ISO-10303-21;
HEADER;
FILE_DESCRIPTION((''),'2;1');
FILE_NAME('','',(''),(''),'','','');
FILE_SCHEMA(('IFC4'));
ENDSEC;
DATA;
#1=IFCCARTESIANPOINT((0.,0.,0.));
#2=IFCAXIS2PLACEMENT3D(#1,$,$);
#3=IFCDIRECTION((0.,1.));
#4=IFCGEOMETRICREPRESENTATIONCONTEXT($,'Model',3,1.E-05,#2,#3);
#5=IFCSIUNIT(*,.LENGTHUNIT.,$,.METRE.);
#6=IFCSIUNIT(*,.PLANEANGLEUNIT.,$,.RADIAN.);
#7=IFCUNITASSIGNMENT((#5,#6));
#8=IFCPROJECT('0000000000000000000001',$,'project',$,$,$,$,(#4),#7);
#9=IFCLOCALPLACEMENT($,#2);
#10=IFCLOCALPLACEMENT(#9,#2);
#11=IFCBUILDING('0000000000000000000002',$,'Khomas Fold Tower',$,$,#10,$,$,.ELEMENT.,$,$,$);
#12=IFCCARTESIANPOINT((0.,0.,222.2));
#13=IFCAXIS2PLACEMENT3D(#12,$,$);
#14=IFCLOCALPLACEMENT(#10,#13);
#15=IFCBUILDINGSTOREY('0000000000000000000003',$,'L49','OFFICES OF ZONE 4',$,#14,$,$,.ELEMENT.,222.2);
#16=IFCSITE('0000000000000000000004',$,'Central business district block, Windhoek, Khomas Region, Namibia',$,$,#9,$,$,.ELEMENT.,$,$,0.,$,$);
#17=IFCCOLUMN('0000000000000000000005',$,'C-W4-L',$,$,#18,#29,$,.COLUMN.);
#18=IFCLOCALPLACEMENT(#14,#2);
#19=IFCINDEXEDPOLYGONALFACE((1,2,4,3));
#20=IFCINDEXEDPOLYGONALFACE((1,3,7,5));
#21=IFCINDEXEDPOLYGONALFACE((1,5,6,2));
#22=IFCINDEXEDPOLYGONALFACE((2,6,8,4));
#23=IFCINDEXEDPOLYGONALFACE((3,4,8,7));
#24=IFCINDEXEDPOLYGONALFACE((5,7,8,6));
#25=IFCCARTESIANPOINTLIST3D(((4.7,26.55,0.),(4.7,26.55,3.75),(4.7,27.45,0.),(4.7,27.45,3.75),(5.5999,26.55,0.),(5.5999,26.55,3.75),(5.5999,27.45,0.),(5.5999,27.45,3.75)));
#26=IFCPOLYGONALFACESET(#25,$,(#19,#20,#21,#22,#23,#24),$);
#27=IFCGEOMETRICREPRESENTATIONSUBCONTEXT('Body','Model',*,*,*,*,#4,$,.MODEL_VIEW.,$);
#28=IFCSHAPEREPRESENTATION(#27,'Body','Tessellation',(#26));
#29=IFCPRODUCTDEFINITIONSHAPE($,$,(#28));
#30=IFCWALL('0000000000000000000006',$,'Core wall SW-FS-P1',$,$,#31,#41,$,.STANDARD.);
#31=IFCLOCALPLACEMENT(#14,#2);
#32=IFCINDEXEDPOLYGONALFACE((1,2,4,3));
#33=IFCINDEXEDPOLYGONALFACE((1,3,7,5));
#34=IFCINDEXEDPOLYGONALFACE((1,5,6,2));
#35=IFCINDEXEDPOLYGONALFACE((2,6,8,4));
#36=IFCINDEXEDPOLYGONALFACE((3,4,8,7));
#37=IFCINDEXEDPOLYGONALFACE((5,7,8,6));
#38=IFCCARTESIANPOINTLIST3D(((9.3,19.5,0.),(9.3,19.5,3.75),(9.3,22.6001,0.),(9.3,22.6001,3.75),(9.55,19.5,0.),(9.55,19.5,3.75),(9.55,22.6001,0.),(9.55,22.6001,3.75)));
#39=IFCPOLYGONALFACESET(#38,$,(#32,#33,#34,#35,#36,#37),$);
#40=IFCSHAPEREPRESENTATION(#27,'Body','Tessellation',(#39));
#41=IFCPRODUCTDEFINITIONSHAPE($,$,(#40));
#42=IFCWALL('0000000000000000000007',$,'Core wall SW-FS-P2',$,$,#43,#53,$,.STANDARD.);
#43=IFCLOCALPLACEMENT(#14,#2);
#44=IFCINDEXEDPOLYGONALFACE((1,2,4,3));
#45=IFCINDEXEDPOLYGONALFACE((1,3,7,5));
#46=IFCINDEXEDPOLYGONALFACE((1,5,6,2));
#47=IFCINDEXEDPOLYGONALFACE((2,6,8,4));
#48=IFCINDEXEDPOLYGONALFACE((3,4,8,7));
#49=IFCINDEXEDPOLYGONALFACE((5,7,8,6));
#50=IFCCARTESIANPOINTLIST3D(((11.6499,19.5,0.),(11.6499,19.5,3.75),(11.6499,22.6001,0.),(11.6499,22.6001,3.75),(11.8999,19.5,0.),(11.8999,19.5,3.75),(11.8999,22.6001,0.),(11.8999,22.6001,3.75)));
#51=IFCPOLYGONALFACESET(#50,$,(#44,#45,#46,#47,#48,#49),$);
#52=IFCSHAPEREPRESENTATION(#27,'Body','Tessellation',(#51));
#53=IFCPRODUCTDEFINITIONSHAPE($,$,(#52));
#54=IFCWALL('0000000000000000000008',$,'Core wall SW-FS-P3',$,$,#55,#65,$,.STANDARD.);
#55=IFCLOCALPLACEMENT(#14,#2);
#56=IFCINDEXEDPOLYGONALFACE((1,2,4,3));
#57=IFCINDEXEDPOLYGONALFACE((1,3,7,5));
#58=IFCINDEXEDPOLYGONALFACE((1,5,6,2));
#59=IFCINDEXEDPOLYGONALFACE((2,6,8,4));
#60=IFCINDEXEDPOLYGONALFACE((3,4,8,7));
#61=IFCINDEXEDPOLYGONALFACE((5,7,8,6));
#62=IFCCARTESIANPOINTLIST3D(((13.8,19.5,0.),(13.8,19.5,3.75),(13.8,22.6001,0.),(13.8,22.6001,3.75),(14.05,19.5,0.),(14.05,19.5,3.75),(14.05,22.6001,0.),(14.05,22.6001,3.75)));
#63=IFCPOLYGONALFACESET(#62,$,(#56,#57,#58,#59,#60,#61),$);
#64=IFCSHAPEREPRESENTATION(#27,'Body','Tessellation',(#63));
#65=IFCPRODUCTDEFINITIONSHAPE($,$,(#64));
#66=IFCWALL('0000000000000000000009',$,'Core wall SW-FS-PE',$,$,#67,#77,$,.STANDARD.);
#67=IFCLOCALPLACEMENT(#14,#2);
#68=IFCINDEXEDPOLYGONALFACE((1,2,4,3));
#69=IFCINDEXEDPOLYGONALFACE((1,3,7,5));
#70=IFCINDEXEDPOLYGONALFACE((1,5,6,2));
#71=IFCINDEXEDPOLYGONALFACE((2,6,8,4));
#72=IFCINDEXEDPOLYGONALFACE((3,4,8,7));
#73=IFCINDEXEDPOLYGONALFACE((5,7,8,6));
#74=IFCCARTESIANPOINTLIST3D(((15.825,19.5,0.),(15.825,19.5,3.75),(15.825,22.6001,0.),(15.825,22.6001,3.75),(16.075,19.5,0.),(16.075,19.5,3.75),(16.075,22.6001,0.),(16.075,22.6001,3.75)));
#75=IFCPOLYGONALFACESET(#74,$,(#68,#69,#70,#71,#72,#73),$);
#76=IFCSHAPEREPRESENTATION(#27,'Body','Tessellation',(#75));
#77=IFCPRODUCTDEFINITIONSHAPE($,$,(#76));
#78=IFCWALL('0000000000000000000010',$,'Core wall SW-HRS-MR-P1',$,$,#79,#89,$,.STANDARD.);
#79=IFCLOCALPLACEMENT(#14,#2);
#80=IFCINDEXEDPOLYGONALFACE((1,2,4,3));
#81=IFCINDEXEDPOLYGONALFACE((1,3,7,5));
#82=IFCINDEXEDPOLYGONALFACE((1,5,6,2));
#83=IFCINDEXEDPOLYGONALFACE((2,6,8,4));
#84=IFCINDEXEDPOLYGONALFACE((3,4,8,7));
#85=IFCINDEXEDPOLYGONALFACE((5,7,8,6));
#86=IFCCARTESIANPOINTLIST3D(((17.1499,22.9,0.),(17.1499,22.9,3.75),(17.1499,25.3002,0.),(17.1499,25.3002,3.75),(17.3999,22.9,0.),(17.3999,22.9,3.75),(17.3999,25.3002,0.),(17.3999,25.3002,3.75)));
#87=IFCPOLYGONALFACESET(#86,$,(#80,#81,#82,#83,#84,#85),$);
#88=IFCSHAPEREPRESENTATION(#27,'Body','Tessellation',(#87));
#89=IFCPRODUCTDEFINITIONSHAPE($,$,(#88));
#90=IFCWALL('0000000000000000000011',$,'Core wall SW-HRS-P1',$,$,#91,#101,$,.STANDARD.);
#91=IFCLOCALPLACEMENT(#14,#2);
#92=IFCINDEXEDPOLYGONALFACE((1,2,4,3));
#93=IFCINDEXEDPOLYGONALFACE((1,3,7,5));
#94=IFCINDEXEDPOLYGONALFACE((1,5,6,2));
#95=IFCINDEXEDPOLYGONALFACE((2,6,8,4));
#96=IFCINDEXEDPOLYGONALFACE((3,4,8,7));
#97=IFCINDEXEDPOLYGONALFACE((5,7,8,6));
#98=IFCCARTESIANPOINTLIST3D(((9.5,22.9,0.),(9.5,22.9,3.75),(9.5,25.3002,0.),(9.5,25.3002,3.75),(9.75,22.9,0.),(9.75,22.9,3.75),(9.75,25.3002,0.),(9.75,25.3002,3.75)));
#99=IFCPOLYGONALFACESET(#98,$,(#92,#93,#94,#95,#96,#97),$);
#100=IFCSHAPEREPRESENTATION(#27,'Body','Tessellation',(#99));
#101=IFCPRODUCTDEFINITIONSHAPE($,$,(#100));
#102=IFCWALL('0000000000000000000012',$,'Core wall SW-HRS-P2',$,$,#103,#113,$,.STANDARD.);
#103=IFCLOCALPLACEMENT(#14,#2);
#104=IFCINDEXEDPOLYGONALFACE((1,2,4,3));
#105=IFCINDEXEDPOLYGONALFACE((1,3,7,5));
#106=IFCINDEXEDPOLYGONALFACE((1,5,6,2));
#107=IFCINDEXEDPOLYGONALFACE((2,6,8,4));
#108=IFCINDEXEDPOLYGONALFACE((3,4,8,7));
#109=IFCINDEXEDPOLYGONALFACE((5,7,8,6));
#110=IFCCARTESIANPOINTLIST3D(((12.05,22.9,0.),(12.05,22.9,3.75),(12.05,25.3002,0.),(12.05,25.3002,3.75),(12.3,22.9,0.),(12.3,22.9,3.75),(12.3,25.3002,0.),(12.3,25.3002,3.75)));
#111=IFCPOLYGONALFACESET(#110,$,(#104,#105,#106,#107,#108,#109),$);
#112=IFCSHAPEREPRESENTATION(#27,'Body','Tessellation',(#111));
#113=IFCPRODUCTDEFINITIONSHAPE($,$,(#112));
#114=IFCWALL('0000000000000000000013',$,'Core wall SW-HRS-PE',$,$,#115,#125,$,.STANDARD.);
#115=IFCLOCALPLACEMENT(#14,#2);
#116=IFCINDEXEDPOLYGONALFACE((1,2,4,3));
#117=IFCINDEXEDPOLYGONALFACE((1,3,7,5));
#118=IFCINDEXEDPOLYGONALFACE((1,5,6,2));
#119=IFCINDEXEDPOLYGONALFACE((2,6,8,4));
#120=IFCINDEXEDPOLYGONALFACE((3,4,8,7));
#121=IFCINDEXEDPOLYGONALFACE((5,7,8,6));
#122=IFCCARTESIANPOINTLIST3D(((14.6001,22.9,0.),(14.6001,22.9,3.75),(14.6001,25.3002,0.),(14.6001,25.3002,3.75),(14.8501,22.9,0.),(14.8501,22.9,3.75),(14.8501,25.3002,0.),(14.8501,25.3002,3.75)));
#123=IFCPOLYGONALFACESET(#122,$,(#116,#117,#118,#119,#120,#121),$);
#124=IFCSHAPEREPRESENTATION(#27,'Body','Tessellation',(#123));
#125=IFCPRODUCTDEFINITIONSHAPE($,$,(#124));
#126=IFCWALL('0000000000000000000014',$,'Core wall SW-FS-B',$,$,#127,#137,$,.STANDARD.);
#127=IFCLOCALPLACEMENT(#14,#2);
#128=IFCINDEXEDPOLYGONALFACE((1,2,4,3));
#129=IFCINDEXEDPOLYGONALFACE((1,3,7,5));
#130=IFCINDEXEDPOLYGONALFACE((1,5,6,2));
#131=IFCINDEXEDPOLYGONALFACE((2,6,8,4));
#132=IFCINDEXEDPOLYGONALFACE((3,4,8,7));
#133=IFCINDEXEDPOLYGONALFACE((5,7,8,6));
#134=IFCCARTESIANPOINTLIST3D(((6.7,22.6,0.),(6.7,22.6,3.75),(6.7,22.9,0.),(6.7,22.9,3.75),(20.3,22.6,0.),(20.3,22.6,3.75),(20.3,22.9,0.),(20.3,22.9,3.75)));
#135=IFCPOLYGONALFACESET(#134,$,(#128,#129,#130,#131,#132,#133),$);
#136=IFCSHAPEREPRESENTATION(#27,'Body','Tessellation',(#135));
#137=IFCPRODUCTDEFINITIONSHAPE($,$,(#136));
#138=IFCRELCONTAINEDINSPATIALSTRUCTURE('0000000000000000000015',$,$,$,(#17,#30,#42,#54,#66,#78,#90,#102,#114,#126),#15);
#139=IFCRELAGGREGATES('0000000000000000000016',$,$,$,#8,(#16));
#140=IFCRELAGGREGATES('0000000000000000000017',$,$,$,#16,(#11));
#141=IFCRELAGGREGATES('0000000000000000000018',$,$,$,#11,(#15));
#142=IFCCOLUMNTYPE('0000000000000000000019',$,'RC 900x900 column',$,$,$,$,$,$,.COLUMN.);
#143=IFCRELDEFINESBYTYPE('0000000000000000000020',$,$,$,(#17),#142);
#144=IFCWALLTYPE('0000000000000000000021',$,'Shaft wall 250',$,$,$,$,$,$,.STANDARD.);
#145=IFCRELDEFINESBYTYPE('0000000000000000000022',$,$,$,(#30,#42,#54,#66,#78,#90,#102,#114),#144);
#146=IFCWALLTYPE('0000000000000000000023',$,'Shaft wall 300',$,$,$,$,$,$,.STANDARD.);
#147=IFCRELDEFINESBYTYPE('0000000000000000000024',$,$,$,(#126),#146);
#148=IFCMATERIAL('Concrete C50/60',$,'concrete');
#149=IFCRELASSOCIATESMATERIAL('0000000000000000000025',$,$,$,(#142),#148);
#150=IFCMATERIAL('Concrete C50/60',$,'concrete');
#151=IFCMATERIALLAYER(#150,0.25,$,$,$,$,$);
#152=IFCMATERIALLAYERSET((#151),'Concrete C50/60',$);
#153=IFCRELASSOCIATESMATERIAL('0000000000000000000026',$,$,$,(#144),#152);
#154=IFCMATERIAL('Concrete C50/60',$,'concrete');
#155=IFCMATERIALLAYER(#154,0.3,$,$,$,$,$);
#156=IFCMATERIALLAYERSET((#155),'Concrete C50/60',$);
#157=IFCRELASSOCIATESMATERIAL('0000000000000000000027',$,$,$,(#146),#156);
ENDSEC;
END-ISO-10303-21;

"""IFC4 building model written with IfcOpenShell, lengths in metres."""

from ifc_helpers import new_model, si_unit, direction, frame, frame_2d, origin, origin_2d, place, context, subcontext, project, spatial, rectangle, extrude, source, transform, mapped, material, layer, layer_set, material_profile, profile_set, type_object, element, save


model = new_model("IFC4")

# Units and contexts
model_context = context("Model", 3, precision=1e-05, world=origin(), true_north=direction((0.0, 1.0)))
body_context = subcontext(model_context, "Body", "Model", "MODEL_VIEW")
ifc_project = project(units=[si_unit("LENGTHUNIT", "METRE"), si_unit("PLANEANGLEUNIT", "RADIAN")], contexts=[model_context])

# Site, building, storey
site_placement = place(None, origin())
site = spatial("IfcSite", under=ifc_project, at=site_placement, Name="Central business district block, Windhoek, Khomas Region, Namibia", CompositionType="ELEMENT", RefElevation=0.0)
building_placement = place(site_placement, origin())
building = spatial("IfcBuilding", under=site, at=building_placement, Name="Khomas Fold Tower", CompositionType="ELEMENT")
storey_placement = place(building_placement, frame((0.0, 0.0, 222.2)))
storey = spatial("IfcBuildingStorey", under=building, at=storey_placement, Name="L49", Description="OFFICES OF ZONE 4", CompositionType="ELEMENT", Elevation=222.2)

# Column
ifc_material_1 = material(Name="Concrete C50/60", Category="concrete")
ifc_material_profile = material_profile(ifc_material_1, rectangle(XDim=0.8999, YDim=0.8999, at=origin_2d()), Name="RC 900x900")
ifc_profile_set = profile_set([ifc_material_profile], Name="Concrete C50/60")
column_type = type_object("IfcColumnType", Name="RC 900x900 column", PredefinedType="COLUMN", material=ifc_profile_set)
shared_shape_1 = source(origin(), body_context, "Body", "SweptSolid", [
    extrude(rectangle(XDim=0.8999, YDim=0.8999, at=origin_2d()), origin(), (0.0, 0.0, 1.0), 3.75),
])
column_placement = place(storey_placement, frame((5.1499, 27.0, 0.0), z_axis=(0.0, 0.0, 1.0), x_axis=(1.0, 0.0, 0.0)))
element("IfcColumn", 1, at=column_placement, inside=storey, type_object=column_type, Name="C-W4-L", PredefinedType="COLUMN", context=body_context, shape_type="MappedRepresentation", body=[
    mapped(shared_shape_1, transform((0.0, 0.0, 0.0))),
])

# Walls
ifc_material_2 = material(Name="Concrete C50/60", Category="concrete")
ifc_layer_1 = layer(ifc_material_2, 0.25)
ifc_layer_set_1 = layer_set([ifc_layer_1], Name="Concrete C50/60")
wall_type_1 = type_object("IfcWallType", Name="Shaft wall 250", PredefinedType="STANDARD", material=ifc_layer_set_1)
shared_shape_2 = source(origin(), body_context, "Body", "SweptSolid", [
    extrude(rectangle(XDim=3.1001, YDim=0.25, at=frame_2d((1.55, 0.0))), origin(), (0.0, 0.0, 1.0), 3.75),
])
for number, where, z_axis, x_axis, name in (
    (2, (9.425, 19.5, 0.0), (0.0, 0.0, 1.0), (0.0, 1.0, 0.0), "Core wall SW-FS-P1"),
    (3, (11.7749, 19.5, 0.0), (0.0, 0.0, 1.0), (0.0, 1.0, 0.0), "Core wall SW-FS-P2"),
    (4, (13.925, 19.5, 0.0), (0.0, 0.0, 1.0), (0.0, 1.0, 0.0), "Core wall SW-FS-P3"),
    (5, (15.95, 19.5, 0.0), (0.0, 0.0, 1.0), (0.0, 1.0, 0.0), "Core wall SW-FS-PE"),
):
    element("IfcWall", number, at=place(storey_placement, frame(where, z_axis=z_axis, x_axis=x_axis)), inside=storey, type_object=wall_type_1, Name=name, PredefinedType="STANDARD", context=body_context, shape_type="MappedRepresentation", body=[
        mapped(shared_shape_2, transform((0.0, 0.0, 0.0))),
    ])
shared_shape_3 = source(origin(), body_context, "Body", "SweptSolid", [
    extrude(rectangle(XDim=2.4001, YDim=0.25, at=frame_2d((1.2002, 0.0))), origin(), (0.0, 0.0, 1.0), 3.75),
])
for number, where, z_axis, x_axis, name in (
    (6, (17.2749, 22.8999, 0.0), (0.0, 0.0, 1.0), (0.0, 1.0, 0.0), "Core wall SW-HRS-MR-P1"),
    (7, (9.625, 22.8999, 0.0), (0.0, 0.0, 1.0), (0.0, 1.0, 0.0), "Core wall SW-HRS-P1"),
    (8, (12.175, 22.8999, 0.0), (0.0, 0.0, 1.0), (0.0, 1.0, 0.0), "Core wall SW-HRS-P2"),
    (9, (14.7251, 22.8999, 0.0), (0.0, 0.0, 1.0), (0.0, 1.0, 0.0), "Core wall SW-HRS-PE"),
):
    element("IfcWall", number, at=place(storey_placement, frame(where, z_axis=z_axis, x_axis=x_axis)), inside=storey, type_object=wall_type_1, Name=name, PredefinedType="STANDARD", context=body_context, shape_type="MappedRepresentation", body=[
        mapped(shared_shape_3, transform((0.0, 0.0, 0.0))),
    ])
ifc_material_3 = material(Name="Concrete C50/60", Category="concrete")
ifc_layer_2 = layer(ifc_material_3, 0.3)
ifc_layer_set_2 = layer_set([ifc_layer_2], Name="Concrete C50/60")
wall_type_2 = type_object("IfcWallType", Name="Shaft wall 300", PredefinedType="STANDARD", material=ifc_layer_set_2)
shared_shape_4 = source(origin(), body_context, "Body", "SweptSolid", [
    extrude(rectangle(XDim=13.6001, YDim=0.3, at=frame_2d((6.8, 0.0))), origin(), (0.0, 0.0, 1.0), 3.75),
])
wall_1_placement = place(storey_placement, frame((6.7, 22.75, 0.0), z_axis=(0.0, 0.0, 1.0), x_axis=(1.0, 0.0, 0.0)))
element("IfcWall", 10, at=wall_1_placement, inside=storey, type_object=wall_type_2, Name="Core wall SW-FS-B", PredefinedType="STANDARD", context=body_context, shape_type="MappedRepresentation", body=[
    mapped(shared_shape_4, transform((0.0, 0.0, 0.0))),
])

save(model, "model.ifc")
